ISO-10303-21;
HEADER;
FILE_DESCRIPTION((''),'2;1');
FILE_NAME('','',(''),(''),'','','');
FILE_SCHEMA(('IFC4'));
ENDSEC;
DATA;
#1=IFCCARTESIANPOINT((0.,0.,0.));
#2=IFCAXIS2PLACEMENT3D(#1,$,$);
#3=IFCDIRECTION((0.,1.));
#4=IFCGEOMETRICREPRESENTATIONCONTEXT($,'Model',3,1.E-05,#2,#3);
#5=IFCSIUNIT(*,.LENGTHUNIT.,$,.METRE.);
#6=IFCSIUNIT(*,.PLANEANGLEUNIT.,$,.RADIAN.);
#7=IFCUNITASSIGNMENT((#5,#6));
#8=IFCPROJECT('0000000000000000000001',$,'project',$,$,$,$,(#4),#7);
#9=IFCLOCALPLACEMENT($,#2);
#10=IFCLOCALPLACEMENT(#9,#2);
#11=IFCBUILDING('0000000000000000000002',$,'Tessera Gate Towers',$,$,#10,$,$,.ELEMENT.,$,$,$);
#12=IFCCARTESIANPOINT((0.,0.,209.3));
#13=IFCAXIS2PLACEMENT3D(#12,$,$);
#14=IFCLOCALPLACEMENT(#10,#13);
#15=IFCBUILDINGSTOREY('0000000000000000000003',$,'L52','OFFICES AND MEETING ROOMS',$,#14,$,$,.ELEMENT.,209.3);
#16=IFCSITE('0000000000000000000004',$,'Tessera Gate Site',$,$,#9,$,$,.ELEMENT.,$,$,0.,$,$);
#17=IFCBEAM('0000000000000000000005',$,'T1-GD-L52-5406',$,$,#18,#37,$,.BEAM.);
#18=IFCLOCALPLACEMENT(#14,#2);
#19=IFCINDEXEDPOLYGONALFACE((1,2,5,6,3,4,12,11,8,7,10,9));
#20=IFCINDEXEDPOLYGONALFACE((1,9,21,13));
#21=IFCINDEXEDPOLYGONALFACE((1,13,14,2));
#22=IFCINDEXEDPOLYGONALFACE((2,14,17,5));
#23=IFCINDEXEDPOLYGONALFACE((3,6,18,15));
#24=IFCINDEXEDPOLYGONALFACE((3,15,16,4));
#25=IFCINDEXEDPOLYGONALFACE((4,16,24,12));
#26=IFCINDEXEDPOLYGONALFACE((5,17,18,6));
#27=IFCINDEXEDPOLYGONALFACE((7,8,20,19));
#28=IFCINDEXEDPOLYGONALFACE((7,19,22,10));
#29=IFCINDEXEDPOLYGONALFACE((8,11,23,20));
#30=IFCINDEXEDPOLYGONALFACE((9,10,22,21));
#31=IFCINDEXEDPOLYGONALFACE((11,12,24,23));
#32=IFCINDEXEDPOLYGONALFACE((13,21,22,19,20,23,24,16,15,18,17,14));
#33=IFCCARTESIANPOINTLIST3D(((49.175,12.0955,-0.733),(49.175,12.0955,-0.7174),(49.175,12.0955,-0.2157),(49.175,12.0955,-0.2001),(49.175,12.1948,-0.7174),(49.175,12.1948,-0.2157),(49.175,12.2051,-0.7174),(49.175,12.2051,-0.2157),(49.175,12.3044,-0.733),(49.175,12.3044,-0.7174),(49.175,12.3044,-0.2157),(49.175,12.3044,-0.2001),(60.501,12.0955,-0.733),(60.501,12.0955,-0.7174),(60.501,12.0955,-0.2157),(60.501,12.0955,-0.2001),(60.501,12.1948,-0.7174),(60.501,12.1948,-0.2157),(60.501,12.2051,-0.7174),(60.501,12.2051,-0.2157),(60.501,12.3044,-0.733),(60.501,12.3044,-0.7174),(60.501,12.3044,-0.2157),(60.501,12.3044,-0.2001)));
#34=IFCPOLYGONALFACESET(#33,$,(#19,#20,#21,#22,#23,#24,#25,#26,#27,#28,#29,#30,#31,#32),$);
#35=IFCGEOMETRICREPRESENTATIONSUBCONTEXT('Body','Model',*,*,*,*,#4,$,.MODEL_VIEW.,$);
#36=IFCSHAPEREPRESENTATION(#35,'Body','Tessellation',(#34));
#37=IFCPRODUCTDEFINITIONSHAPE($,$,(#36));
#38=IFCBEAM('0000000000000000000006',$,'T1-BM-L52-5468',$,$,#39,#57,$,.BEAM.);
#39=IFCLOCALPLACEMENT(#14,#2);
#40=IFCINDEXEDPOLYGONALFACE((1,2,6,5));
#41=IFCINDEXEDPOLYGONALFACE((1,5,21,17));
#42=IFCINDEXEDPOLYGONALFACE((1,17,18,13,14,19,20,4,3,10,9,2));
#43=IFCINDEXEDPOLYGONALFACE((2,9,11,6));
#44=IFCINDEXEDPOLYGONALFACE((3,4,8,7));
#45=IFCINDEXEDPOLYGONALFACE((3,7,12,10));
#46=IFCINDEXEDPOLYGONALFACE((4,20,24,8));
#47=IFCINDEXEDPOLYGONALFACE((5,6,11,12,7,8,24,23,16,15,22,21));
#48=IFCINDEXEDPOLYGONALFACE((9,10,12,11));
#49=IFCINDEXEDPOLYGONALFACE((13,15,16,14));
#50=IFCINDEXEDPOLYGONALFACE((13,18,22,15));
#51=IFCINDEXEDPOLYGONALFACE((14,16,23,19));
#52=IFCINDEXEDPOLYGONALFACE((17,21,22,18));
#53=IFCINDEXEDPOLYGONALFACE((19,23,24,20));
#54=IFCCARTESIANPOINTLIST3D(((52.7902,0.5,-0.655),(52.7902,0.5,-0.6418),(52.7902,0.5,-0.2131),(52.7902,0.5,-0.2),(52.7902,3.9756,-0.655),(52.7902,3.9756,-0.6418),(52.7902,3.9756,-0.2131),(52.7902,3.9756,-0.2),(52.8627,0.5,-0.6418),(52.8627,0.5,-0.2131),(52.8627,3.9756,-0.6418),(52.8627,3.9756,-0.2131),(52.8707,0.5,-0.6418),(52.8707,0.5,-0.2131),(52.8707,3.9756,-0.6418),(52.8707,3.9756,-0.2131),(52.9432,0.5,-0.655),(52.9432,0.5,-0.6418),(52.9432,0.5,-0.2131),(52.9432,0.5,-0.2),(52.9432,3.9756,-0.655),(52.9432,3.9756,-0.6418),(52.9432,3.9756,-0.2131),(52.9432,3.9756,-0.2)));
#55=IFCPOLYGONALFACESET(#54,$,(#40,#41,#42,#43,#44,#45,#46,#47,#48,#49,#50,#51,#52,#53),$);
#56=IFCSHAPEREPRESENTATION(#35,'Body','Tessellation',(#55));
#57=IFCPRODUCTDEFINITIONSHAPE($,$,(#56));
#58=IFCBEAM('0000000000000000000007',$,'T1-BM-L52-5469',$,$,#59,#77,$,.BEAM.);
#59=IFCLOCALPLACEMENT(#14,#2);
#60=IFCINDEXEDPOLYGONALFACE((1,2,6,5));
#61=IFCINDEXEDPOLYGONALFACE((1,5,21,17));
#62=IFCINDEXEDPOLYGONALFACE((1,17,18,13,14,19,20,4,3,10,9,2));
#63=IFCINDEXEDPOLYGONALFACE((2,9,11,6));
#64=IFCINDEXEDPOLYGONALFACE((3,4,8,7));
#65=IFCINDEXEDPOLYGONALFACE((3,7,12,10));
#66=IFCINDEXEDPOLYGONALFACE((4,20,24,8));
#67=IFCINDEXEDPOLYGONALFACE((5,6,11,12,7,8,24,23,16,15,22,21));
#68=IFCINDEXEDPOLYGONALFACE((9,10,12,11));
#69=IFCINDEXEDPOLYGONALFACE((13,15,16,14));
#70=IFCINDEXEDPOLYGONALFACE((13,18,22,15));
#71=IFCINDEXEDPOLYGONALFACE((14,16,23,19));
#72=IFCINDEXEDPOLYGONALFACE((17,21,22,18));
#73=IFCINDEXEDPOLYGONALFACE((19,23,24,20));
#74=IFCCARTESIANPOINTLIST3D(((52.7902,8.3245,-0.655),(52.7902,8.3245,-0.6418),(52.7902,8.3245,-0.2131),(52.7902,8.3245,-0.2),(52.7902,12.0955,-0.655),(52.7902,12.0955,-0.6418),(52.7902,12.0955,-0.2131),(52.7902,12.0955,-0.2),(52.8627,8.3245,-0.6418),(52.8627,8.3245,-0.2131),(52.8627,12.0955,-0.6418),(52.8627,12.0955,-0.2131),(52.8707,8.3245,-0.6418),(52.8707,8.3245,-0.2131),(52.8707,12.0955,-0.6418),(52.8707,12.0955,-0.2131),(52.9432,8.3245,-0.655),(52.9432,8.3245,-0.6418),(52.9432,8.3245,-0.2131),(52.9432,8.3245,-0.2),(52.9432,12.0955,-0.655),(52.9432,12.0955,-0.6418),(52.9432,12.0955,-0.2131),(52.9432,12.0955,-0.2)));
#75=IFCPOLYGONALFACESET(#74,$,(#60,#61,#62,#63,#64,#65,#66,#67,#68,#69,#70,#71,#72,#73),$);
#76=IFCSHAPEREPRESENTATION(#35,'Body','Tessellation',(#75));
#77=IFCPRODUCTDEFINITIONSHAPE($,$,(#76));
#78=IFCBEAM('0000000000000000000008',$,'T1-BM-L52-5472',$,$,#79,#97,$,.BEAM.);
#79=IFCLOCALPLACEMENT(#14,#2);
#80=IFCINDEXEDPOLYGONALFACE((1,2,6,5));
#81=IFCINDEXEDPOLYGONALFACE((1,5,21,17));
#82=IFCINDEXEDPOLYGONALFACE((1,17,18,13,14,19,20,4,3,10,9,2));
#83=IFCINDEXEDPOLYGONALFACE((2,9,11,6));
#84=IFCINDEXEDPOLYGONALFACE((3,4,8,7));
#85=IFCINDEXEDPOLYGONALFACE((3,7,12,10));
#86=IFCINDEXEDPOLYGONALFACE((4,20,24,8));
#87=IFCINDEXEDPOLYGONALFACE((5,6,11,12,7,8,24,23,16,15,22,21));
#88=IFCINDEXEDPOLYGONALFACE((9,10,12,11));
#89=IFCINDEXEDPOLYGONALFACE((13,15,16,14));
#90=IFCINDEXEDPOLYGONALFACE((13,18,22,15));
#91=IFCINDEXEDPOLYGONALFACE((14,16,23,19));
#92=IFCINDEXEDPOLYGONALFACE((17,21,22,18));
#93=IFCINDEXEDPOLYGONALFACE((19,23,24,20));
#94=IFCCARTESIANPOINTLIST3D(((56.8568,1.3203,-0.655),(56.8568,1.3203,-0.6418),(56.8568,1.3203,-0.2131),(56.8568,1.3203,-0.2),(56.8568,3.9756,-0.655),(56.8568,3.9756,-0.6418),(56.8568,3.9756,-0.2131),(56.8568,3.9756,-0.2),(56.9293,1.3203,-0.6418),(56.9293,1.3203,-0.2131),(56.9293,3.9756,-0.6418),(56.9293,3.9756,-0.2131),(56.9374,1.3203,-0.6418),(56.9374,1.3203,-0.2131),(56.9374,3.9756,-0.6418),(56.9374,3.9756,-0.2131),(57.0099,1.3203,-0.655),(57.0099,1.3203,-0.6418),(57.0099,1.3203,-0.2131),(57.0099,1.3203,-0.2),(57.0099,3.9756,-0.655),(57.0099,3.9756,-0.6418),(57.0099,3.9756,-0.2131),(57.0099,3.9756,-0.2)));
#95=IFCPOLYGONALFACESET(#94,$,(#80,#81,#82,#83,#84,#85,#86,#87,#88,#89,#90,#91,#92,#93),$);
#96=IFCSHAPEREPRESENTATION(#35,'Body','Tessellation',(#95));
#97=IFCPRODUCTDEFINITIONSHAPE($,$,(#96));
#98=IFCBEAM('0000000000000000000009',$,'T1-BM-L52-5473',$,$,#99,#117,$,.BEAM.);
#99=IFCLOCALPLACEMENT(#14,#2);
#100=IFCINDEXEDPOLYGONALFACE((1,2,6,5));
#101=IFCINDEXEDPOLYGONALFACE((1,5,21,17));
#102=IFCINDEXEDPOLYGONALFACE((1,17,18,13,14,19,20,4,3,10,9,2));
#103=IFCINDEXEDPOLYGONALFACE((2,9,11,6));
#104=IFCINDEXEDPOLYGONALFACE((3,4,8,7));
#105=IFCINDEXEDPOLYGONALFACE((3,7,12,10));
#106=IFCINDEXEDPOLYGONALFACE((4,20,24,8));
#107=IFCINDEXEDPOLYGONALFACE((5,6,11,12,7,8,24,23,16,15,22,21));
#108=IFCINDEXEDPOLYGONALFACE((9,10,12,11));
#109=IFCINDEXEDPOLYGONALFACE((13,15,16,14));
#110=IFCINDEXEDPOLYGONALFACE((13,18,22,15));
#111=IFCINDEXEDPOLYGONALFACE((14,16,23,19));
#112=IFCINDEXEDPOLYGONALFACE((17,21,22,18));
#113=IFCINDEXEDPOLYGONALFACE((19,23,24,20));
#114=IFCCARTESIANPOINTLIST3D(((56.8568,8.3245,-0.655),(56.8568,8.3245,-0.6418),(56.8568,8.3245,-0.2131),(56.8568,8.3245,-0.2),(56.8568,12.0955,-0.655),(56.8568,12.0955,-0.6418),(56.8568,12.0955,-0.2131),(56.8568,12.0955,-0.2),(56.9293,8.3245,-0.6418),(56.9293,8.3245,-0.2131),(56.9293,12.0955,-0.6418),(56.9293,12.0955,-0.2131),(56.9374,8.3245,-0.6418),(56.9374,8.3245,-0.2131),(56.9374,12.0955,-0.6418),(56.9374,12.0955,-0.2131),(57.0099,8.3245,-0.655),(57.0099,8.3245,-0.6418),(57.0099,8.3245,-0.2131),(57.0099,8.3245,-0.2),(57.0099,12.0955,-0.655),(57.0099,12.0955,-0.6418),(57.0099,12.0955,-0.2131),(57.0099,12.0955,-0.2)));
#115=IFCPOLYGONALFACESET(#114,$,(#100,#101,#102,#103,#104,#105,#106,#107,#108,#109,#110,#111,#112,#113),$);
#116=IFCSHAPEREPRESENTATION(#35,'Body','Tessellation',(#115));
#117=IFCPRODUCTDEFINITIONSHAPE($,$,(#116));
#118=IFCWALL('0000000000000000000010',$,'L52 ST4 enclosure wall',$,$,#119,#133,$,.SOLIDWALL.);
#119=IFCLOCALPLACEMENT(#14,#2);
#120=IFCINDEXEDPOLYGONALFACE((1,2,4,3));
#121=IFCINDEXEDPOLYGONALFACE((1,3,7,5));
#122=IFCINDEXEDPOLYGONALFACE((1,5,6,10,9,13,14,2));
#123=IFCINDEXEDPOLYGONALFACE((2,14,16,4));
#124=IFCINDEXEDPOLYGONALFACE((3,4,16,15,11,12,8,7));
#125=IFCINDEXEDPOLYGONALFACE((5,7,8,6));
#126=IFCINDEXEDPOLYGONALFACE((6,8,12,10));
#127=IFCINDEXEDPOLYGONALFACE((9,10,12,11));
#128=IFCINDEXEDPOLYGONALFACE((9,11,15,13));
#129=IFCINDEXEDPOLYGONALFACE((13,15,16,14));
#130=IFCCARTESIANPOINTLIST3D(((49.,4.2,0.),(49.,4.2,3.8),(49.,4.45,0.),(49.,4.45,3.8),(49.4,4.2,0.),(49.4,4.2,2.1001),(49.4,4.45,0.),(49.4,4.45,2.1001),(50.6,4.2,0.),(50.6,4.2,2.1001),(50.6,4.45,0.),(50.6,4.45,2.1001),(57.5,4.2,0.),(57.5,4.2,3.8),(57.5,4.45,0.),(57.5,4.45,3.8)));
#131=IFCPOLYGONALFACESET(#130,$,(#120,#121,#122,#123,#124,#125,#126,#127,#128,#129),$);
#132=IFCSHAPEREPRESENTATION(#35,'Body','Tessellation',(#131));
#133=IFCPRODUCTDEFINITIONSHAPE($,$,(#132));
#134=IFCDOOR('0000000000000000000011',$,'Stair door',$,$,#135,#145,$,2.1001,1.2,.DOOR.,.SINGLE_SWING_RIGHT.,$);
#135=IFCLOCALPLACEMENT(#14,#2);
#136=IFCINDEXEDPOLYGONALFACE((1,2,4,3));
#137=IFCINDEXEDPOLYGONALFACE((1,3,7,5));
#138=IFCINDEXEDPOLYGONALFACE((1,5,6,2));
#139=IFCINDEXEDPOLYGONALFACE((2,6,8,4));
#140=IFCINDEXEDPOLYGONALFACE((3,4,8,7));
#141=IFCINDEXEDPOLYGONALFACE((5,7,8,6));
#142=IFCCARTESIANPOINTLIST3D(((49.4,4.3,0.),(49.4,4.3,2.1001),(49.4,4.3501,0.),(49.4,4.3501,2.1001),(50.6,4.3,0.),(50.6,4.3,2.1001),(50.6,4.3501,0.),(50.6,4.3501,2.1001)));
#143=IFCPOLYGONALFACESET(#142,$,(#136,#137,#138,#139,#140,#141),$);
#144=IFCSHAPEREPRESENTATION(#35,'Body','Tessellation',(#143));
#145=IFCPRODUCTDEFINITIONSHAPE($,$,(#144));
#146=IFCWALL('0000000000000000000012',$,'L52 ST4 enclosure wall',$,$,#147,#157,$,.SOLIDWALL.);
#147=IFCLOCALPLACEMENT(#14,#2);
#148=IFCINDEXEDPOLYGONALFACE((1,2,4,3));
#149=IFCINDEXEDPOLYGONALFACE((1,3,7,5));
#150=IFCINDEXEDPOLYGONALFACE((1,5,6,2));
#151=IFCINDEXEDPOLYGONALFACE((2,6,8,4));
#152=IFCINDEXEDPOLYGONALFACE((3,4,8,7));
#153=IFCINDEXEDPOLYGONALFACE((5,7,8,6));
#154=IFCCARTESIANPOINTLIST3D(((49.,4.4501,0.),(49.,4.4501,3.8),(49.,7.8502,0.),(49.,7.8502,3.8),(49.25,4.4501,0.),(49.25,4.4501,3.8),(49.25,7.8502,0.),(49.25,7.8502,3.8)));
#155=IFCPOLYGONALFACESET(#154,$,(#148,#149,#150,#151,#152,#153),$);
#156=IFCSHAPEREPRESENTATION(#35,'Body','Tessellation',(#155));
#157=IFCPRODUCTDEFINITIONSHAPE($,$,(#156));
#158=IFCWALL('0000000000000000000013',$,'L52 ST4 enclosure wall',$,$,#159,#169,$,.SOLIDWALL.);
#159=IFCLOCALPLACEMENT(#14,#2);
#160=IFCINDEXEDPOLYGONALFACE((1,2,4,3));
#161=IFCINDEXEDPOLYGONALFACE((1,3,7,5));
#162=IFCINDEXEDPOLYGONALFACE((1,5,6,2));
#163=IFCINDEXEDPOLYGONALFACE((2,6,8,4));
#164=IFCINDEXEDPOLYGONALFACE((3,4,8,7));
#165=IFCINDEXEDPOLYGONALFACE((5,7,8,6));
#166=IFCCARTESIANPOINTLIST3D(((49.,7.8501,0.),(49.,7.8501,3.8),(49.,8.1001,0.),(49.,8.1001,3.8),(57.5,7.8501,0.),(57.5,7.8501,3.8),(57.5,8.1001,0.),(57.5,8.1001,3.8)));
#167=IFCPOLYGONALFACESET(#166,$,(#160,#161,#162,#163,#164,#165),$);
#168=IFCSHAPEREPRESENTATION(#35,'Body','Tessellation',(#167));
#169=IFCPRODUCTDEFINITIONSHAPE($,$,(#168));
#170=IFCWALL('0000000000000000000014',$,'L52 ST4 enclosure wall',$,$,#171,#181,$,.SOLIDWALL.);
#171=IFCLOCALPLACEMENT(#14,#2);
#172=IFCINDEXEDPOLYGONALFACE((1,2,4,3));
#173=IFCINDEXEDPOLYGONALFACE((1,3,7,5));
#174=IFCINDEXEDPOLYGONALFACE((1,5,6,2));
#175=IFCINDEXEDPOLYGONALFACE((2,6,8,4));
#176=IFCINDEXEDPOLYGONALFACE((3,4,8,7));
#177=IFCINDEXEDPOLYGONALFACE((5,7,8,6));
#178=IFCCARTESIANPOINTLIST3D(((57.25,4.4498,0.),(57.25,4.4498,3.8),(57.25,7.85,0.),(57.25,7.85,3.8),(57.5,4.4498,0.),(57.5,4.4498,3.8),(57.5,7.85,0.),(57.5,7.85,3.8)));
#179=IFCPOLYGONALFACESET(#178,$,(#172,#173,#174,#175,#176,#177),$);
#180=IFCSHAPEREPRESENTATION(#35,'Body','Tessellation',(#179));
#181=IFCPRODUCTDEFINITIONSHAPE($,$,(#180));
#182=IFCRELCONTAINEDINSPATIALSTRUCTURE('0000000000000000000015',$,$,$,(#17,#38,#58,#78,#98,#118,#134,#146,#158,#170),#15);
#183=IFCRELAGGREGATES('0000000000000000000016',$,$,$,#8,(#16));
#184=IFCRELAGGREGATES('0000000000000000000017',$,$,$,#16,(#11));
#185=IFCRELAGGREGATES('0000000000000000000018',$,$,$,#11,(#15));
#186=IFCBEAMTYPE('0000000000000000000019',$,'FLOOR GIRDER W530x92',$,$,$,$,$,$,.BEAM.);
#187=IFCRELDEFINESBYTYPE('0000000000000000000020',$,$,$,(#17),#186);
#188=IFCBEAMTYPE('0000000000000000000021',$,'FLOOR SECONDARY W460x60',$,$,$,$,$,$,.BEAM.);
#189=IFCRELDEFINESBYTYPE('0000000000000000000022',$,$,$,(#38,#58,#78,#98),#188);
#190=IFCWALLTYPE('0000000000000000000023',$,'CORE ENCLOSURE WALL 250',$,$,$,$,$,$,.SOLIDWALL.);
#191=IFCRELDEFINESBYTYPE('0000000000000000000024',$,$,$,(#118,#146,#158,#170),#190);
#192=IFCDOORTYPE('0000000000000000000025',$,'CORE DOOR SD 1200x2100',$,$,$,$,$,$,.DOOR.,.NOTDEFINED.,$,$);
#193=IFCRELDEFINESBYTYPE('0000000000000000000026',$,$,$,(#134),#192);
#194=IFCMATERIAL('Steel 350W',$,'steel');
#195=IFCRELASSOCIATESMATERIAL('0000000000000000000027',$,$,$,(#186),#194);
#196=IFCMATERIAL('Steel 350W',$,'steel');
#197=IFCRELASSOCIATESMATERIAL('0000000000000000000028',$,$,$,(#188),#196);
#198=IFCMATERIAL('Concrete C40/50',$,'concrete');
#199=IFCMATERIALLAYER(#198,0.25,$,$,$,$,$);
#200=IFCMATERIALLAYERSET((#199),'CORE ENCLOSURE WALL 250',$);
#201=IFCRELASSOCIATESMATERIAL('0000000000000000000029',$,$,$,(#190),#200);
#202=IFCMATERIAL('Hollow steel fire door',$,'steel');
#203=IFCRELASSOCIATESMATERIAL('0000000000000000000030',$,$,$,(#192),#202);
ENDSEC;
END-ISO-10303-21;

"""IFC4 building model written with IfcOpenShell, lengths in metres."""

from ifc_helpers import new_model, si_unit, direction, frame, frame_2d, origin, origin_2d, place, context, subcontext, project, spatial, rectangle, i_section, extrude, source, transform, mapped, material, layer, layer_set, material_profile, profile_set, type_object, element, fill, save


model = new_model("IFC4")

# Units and contexts
model_context = context("Model", 3, precision=1e-05, world=origin(), true_north=direction((0.0, 1.0)))
body_context = subcontext(model_context, "Body", "Model", "MODEL_VIEW")
ifc_project = project(units=[si_unit("LENGTHUNIT", "METRE"), si_unit("PLANEANGLEUNIT", "RADIAN")], contexts=[model_context])

# Site, building, storey
site_placement = place(None, origin())
site = spatial("IfcSite", under=ifc_project, at=site_placement, Name="Tessera Gate Site", CompositionType="ELEMENT", RefElevation=0.0)
building_placement = place(site_placement, origin())
building = spatial("IfcBuilding", under=site, at=building_placement, Name="Tessera Gate Towers", CompositionType="ELEMENT")
storey_placement = place(building_placement, frame((0.0, 0.0, 209.3)))
storey = spatial("IfcBuildingStorey", under=building, at=storey_placement, Name="L52", Description="OFFICES AND MEETING ROOMS", CompositionType="ELEMENT", Elevation=209.3)

# Beams
ifc_material_1 = material(Name="Steel 350W", Category="steel")
ifc_material_profile_1 = material_profile(ifc_material_1, i_section(OverallWidth=0.209, OverallDepth=0.533, WebThickness=0.0103, FlangeThickness=0.0156, at=origin_2d()), Name="W530x92")
ifc_profile_set_1 = profile_set([ifc_material_profile_1], Name="Steel 350W")
beam_type_1 = type_object("IfcBeamType", Name="FLOOR GIRDER W530x92", PredefinedType="BEAM", material=ifc_profile_set_1)
beam_1_placement = place(storey_placement, frame((49.175, 12.2, -0.4666), z_axis=(1.0, 0.0, 0.0), x_axis=(0.0, 1.0, 0.0)))
element("IfcBeam", 1, at=beam_1_placement, inside=storey, type_object=beam_type_1, Name="T1-GD-L52-5406", PredefinedType="BEAM", context=body_context, shape_type="SweptSolid", body=[
    extrude(i_section(OverallWidth=0.209, OverallDepth=0.533, WebThickness=0.0103, FlangeThickness=0.0156, at=origin_2d()), origin(), (0.0, 0.0, 1.0), 11.3259),
])
ifc_material_2 = material(Name="Steel 350W", Category="steel")
ifc_material_profile_2 = material_profile(ifc_material_2, i_section(OverallWidth=0.1531, OverallDepth=0.4551, WebThickness=0.0081, FlangeThickness=0.0132, at=origin_2d()), Name="W460x60")
ifc_profile_set_2 = profile_set([ifc_material_profile_2], Name="Steel 350W")
beam_type_2 = type_object("IfcBeamType", Name="FLOOR SECONDARY W460x60", PredefinedType="BEAM", material=ifc_profile_set_2)
beam_2_placement = place(storey_placement, frame((52.8667, 0.5, -0.4275), z_axis=(0.0, 1.0, 0.0), x_axis=(-1.0, 0.0, 0.0)))
element("IfcBeam", 2, at=beam_2_placement, inside=storey, type_object=beam_type_2, Name="T1-BM-L52-5468", PredefinedType="BEAM", context=body_context, shape_type="SweptSolid", body=[
    extrude(i_section(OverallWidth=0.1531, OverallDepth=0.4551, WebThickness=0.0081, FlangeThickness=0.0132, at=origin_2d()), origin(), (0.0, 0.0, 1.0), 3.4756),
])
beam_3_placement = place(storey_placement, frame((52.8667, 8.3245, -0.4275), z_axis=(0.0, 1.0, 0.0), x_axis=(-1.0, 0.0, 0.0)))
element("IfcBeam", 3, at=beam_3_placement, inside=storey, type_object=beam_type_2, Name="T1-BM-L52-5469", PredefinedType="BEAM", context=body_context, shape_type="SweptSolid", body=[
    extrude(i_section(OverallWidth=0.1531, OverallDepth=0.4551, WebThickness=0.0081, FlangeThickness=0.0132, at=origin_2d()), origin(), (0.0, 0.0, 1.0), 3.771),
])
beam_4_placement = place(storey_placement, frame((56.9333, 1.3203, -0.4275), z_axis=(0.0, 1.0, 0.0), x_axis=(-1.0, 0.0, 0.0)))
element("IfcBeam", 4, at=beam_4_placement, inside=storey, type_object=beam_type_2, Name="T1-BM-L52-5472", PredefinedType="BEAM", context=body_context, shape_type="SweptSolid", body=[
    extrude(i_section(OverallWidth=0.1531, OverallDepth=0.4551, WebThickness=0.0081, FlangeThickness=0.0132, at=origin_2d()), origin(), (0.0, 0.0, 1.0), 2.6553),
])
beam_5_placement = place(storey_placement, frame((56.9333, 8.3245, -0.4275), z_axis=(0.0, 1.0, 0.0), x_axis=(-1.0, 0.0, 0.0)))
element("IfcBeam", 5, at=beam_5_placement, inside=storey, type_object=beam_type_2, Name="T1-BM-L52-5473", PredefinedType="BEAM", context=body_context, shape_type="SweptSolid", body=[
    extrude(i_section(OverallWidth=0.1531, OverallDepth=0.4551, WebThickness=0.0081, FlangeThickness=0.0132, at=origin_2d()), origin(), (0.0, 0.0, 1.0), 3.771),
])

# Wall, opening, door
ifc_material_3 = material(Name="Concrete C40/50", Category="concrete")
ifc_layer_1 = layer(ifc_material_3, 0.25)
ifc_layer_set_1 = layer_set([ifc_layer_1], Name="CORE ENCLOSURE WALL 250")
wall_type_1 = type_object("IfcWallType", Name="CORE ENCLOSURE WALL 250", PredefinedType="SOLIDWALL", material=ifc_layer_set_1)
wall_1_placement = place(storey_placement, frame((57.5, 4.325, 0.0), z_axis=(0.0, 0.0, 1.0), x_axis=(-1.0, 0.0, 0.0)))
wall_1 = element("IfcWall", 6, at=wall_1_placement, inside=storey, type_object=wall_type_1, Name="L52 ST4 enclosure wall", PredefinedType="SOLIDWALL", context=body_context, shape_type="SweptSolid", body=[
    extrude(rectangle(XDim=8.5, YDim=0.25, at=frame_2d((4.25, 0.0))), origin(), (0.0, 0.0, 1.0), 3.8),
])
shared_shape_1 = source(origin(), body_context, "Body", "SweptSolid", [
    extrude(rectangle(XDim=1.2, YDim=2.1001, at=frame_2d((0.6001, 1.05))), frame((0.0, 0.135, 0.0), z_axis=(0.0, -1.0, 0.0), x_axis=(1.0, 0.0, 0.0)), (0.0, 0.0, 1.0), 0.27),
])
opening_1_placement = place(wall_1_placement, frame((6.8999, 0.0, 0.0)))
opening_1 = element("IfcOpeningElement", 7, at=opening_1_placement, cuts=wall_1, PredefinedType="OPENING", context=body_context, shape_type="MappedRepresentation", body=[
    mapped(shared_shape_1, transform((0.0, 0.0, 0.0), scale=1.0)),
])
ifc_material_4 = material(Name="Hollow steel fire door", Category="steel")
door_type = type_object("IfcDoorType", Name="CORE DOOR SD 1200x2100", OperationType="NOTDEFINED", PredefinedType="DOOR", material=ifc_material_4)
shared_shape_2 = source(origin(), body_context, "Body", "SweptSolid", [
    extrude(rectangle(XDim=1.2, YDim=2.1001, at=frame_2d((0.6001, 1.05))), frame((0.0, 0.0249, 0.0), z_axis=(0.0, -1.0, 0.0), x_axis=(1.0, 0.0, 0.0)), (0.0, 0.0, 1.0), 0.05),
])
door_placement = place(opening_1_placement, origin())
door = element("IfcDoor", 8, at=door_placement, inside=storey, type_object=door_type, Name="Stair door", OperationType="SINGLE_SWING_RIGHT", OverallHeight=2.1001, OverallWidth=1.2, PredefinedType="DOOR", context=body_context, shape_type="MappedRepresentation", body=[
    mapped(shared_shape_2, transform((0.0, 0.0, 0.0), scale=1.0)),
])
fill(opening_1, door)

# Walls
wall_2_placement = place(storey_placement, frame((49.125, 4.45, 0.0), z_axis=(0.0, 0.0, 1.0), x_axis=(0.0, 1.0, 0.0)))
element("IfcWall", 9, at=wall_2_placement, inside=storey, type_object=wall_type_1, Name="L52 ST4 enclosure wall", PredefinedType="SOLIDWALL", context=body_context, shape_type="SweptSolid", body=[
    extrude(rectangle(XDim=3.4001, YDim=0.25, at=frame_2d((1.7002, 0.0))), origin(), (0.0, 0.0, 1.0), 3.8),
])
wall_3_placement = place(storey_placement, frame((49.0, 7.9751, 0.0), z_axis=(0.0, 0.0, 1.0), x_axis=(1.0, 0.0, 0.0)))
element("IfcWall", 10, at=wall_3_placement, inside=storey, type_object=wall_type_1, Name="L52 ST4 enclosure wall", PredefinedType="SOLIDWALL", context=body_context, shape_type="SweptSolid", body=[
    extrude(rectangle(XDim=8.5, YDim=0.25, at=frame_2d((4.25, 0.0))), origin(), (0.0, 0.0, 1.0), 3.8),
])
wall_4_placement = place(storey_placement, frame((57.375, 7.8501, 0.0), z_axis=(0.0, 0.0, 1.0), x_axis=(0.0, -1.0, 0.0)))
element("IfcWall", 11, at=wall_4_placement, inside=storey, type_object=wall_type_1, Name="L52 ST4 enclosure wall", PredefinedType="SOLIDWALL", context=body_context, shape_type="SweptSolid", body=[
    extrude(rectangle(XDim=3.4001, YDim=0.25, at=frame_2d((1.7002, 0.0))), origin(), (0.0, 0.0, 1.0), 3.8),
])

save(model, "model.ifc")
